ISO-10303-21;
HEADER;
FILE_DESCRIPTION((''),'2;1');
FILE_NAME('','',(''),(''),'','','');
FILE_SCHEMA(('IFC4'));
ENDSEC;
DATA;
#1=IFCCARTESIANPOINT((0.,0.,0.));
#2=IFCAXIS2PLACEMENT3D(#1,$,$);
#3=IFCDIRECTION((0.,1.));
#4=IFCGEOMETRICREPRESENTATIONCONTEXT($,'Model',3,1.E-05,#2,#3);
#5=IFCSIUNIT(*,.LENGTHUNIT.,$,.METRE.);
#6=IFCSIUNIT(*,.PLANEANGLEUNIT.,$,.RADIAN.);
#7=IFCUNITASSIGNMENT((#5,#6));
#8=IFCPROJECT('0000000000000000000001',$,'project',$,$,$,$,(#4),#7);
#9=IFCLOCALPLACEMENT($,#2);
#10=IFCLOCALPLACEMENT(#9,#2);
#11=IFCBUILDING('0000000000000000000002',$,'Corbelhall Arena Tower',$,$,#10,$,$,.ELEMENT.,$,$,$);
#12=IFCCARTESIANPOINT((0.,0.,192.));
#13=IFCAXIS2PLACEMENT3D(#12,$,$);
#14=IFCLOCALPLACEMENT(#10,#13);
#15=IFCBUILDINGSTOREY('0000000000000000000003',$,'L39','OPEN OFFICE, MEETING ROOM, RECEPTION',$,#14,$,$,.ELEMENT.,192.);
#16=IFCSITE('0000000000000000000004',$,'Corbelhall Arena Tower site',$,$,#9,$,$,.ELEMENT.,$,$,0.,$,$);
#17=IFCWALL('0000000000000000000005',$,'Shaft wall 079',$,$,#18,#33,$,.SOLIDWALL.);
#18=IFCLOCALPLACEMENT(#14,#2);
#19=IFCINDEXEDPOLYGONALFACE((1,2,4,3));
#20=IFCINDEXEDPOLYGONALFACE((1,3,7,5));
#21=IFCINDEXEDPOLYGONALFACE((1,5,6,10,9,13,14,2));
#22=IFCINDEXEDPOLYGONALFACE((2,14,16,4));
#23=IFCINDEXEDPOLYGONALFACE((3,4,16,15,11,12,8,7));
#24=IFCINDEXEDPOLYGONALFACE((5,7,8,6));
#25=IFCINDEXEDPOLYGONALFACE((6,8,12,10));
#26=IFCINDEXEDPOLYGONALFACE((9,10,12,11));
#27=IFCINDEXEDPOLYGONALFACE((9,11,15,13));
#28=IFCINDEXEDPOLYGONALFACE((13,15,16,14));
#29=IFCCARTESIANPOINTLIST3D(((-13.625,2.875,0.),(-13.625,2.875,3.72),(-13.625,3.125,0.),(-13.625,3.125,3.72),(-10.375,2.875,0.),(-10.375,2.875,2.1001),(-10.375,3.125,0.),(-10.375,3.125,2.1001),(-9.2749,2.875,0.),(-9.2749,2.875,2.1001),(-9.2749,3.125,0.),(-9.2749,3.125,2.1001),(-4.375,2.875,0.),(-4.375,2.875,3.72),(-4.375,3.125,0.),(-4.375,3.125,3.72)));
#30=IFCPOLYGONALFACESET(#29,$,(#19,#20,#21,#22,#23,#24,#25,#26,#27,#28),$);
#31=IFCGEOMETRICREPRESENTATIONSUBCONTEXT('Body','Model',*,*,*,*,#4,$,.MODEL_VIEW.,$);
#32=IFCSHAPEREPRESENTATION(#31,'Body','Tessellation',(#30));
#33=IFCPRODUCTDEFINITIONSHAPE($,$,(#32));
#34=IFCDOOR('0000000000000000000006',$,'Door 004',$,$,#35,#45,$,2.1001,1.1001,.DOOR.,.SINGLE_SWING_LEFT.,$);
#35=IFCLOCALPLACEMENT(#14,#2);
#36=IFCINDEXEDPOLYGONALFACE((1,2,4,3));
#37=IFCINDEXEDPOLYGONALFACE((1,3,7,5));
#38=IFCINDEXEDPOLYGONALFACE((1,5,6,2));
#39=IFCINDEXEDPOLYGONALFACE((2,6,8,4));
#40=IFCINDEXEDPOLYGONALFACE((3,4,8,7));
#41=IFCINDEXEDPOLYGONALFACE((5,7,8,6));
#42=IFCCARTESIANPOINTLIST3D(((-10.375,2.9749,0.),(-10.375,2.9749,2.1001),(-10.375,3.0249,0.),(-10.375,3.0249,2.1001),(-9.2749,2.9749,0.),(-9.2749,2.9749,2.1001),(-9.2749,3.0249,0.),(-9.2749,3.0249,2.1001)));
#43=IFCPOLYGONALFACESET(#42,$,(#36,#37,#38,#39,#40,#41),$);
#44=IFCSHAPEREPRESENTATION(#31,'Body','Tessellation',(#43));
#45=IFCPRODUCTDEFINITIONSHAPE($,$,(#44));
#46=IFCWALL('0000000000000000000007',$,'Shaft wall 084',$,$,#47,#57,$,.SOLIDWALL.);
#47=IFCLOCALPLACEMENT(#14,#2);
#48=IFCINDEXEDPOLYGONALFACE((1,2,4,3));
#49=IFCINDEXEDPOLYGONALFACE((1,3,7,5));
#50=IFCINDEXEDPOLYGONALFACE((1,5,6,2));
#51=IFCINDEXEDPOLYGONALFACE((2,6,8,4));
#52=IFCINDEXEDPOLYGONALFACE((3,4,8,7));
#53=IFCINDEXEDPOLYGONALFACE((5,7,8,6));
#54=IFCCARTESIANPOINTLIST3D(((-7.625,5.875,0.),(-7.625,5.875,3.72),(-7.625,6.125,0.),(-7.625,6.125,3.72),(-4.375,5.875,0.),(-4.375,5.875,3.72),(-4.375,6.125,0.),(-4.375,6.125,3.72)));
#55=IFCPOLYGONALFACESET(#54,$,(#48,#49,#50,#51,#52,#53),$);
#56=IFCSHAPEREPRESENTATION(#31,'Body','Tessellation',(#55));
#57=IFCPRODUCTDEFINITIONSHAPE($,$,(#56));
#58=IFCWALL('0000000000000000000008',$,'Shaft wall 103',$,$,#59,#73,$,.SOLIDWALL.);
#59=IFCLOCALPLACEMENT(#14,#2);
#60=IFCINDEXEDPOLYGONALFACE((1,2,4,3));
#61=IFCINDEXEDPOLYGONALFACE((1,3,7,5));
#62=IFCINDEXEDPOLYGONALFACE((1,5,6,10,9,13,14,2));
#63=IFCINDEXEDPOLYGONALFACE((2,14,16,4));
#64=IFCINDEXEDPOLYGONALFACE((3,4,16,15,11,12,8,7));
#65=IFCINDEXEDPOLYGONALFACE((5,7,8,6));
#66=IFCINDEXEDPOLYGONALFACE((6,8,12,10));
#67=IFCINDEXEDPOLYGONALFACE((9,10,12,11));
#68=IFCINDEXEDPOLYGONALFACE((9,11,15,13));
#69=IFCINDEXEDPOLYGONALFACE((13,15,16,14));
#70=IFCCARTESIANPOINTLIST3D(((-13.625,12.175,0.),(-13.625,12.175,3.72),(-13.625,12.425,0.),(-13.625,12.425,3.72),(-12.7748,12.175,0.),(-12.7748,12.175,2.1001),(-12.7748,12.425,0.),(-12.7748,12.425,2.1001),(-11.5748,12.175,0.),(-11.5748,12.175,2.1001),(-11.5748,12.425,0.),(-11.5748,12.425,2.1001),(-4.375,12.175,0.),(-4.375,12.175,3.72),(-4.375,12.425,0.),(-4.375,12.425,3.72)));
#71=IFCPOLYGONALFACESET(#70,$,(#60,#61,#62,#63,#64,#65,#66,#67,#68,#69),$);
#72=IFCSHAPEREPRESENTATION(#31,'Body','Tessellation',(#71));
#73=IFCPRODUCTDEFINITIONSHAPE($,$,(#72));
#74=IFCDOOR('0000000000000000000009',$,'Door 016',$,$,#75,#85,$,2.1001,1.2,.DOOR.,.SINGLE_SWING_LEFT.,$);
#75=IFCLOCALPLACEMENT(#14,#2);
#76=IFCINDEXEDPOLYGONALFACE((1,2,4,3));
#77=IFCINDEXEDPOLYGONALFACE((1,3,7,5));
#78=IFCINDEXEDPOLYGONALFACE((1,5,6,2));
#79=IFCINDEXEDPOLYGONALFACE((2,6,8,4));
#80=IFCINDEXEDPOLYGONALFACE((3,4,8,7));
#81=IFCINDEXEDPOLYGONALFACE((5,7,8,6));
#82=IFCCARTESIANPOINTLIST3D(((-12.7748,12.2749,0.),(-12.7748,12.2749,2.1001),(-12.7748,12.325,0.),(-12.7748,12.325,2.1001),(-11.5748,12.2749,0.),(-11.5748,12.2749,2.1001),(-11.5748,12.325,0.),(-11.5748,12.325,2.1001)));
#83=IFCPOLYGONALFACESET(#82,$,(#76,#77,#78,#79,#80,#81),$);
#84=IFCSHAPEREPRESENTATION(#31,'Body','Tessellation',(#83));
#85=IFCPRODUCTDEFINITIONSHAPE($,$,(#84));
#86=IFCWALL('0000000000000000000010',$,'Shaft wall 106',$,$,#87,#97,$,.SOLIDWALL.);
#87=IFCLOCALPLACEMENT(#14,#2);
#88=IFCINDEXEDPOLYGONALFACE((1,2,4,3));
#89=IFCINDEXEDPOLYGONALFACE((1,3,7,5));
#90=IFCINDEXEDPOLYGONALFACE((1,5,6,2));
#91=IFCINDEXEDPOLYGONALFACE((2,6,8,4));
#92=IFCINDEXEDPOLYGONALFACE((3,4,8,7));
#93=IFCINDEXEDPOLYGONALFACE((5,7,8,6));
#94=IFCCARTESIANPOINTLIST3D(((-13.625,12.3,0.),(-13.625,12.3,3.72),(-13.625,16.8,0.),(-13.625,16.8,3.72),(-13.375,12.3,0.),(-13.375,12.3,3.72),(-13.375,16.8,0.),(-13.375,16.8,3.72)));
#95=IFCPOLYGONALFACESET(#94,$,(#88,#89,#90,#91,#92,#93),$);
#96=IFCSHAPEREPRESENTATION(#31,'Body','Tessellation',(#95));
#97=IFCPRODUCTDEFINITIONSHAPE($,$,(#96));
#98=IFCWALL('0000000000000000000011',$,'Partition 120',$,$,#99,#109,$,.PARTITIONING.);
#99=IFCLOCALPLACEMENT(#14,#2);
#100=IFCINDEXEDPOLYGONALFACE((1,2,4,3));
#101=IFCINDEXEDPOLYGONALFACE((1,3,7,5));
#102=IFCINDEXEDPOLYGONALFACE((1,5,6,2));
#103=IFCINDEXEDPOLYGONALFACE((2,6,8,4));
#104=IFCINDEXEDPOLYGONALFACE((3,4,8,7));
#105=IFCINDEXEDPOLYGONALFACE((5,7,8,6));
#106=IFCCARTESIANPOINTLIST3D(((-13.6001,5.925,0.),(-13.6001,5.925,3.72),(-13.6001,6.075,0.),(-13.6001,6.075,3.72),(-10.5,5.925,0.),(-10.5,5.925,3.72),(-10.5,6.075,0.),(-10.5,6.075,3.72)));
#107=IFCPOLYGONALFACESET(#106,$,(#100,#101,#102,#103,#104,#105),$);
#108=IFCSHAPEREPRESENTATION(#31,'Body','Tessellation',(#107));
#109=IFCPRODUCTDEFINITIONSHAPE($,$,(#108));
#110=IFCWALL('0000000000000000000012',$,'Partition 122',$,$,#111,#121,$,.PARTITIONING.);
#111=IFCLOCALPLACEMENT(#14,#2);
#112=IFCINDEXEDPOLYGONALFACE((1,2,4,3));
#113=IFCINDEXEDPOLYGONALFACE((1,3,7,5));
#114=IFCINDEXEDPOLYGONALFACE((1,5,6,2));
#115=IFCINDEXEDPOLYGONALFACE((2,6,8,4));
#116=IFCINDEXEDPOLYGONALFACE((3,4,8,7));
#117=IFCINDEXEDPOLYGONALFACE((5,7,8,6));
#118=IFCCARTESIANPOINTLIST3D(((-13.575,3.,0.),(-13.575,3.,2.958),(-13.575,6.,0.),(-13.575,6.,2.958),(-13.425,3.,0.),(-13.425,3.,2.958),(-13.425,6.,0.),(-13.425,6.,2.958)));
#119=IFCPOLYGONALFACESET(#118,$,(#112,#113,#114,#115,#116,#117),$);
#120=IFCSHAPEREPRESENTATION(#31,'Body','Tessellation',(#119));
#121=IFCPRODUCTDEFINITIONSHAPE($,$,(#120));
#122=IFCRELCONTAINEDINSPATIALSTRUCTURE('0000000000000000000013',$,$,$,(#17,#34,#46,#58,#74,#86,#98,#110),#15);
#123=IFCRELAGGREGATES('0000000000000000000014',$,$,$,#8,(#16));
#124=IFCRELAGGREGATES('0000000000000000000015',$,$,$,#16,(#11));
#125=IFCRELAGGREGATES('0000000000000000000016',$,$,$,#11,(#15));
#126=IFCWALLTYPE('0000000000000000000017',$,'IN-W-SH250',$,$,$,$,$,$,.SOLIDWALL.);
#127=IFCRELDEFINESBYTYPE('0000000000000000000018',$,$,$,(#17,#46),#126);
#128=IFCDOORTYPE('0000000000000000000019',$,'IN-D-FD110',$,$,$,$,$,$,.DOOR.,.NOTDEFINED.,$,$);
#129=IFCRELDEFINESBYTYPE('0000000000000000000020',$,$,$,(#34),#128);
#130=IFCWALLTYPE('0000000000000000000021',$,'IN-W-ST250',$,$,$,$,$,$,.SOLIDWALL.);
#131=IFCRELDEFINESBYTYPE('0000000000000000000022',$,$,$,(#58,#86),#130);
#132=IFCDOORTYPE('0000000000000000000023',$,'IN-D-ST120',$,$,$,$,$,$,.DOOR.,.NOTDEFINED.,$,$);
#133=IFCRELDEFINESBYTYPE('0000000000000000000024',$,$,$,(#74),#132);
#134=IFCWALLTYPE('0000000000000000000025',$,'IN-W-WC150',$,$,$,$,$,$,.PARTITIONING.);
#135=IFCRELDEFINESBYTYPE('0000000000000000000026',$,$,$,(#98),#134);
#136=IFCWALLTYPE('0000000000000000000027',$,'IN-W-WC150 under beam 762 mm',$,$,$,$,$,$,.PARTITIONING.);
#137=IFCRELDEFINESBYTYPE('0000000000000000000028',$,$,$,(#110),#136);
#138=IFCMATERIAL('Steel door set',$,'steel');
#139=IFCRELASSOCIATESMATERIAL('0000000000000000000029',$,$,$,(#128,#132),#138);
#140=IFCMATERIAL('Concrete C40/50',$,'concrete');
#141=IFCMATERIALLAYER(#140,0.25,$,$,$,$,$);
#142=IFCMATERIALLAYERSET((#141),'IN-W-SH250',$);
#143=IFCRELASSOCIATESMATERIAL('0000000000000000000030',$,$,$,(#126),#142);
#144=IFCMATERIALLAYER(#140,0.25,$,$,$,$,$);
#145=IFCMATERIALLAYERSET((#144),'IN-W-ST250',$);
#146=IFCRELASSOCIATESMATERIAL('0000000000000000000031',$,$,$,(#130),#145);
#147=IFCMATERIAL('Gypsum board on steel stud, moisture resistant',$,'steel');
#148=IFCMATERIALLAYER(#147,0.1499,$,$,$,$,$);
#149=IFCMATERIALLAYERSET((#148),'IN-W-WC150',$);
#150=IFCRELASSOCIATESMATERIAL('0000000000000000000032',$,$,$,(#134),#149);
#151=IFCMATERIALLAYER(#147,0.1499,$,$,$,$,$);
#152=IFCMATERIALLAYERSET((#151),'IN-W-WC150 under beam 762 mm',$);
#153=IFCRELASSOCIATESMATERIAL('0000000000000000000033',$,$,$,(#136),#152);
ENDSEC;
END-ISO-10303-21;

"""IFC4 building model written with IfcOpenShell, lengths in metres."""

from ifc_helpers import new_model, si_unit, direction, frame, frame_2d, origin, place, context, subcontext, project, spatial, rectangle, extrude, material, layer, layer_set, type_object, element, fill, save


model = new_model("IFC4")

# Units and contexts
model_context = context("Model", 3, precision=1e-05, world=origin(), true_north=direction((0.0, 1.0)))
body_context = subcontext(model_context, "Body", "Model", "MODEL_VIEW")
ifc_project = project(units=[si_unit("LENGTHUNIT", "METRE"), si_unit("PLANEANGLEUNIT", "RADIAN")], contexts=[model_context])

# Site, building, storey
site_placement = place(None, origin())
site = spatial("IfcSite", under=ifc_project, at=site_placement, Name="Corbelhall Arena Tower site", CompositionType="ELEMENT", RefElevation=0.0)
building_placement = place(site_placement, origin())
building = spatial("IfcBuilding", under=site, at=building_placement, Name="Corbelhall Arena Tower", CompositionType="ELEMENT")
storey_placement = place(building_placement, frame((0.0, 0.0, 192.0)))
storey = spatial("IfcBuildingStorey", under=building, at=storey_placement, Name="L39", Description="OPEN OFFICE, MEETING ROOM, RECEPTION", CompositionType="ELEMENT", Elevation=192.0)

# Shared definitions
ifc_material_1 = material(Name="Steel door set", Category="steel")

# Shared definitions
door_type_1 = type_object("IfcDoorType", Name="IN-D-FD110", OperationType="NOTDEFINED", PredefinedType="DOOR", material=ifc_material_1)

# Wall, opening, door
ifc_material_2 = material(Name="Concrete C40/50", Category="concrete")
ifc_layer_1 = layer(ifc_material_2, 0.25)
ifc_layer_set_1 = layer_set([ifc_layer_1], Name="IN-W-SH250")
wall_type_1 = type_object("IfcWallType", Name="IN-W-SH250", PredefinedType="SOLIDWALL", material=ifc_layer_set_1)
wall_1_placement = place(storey_placement, frame((-13.625, 3.0, 0.0), z_axis=(0.0, 0.0, 1.0), x_axis=(1.0, 0.0, 0.0)))
wall_1 = element("IfcWall", 1, at=wall_1_placement, inside=storey, type_object=wall_type_1, Name="Shaft wall 079", PredefinedType="SOLIDWALL", context=body_context, shape_type="SweptSolid", body=[
    extrude(rectangle(XDim=9.25, YDim=0.25, at=frame_2d((4.625, 0.0))), origin(), (0.0, 0.0, 1.0), 3.72),
])
opening_1_placement = place(wall_1_placement, frame((3.25, 0.0, 0.0)))
opening_1 = element("IfcOpeningElement", 2, at=opening_1_placement, cuts=wall_1, PredefinedType="OPENING", context=body_context, shape_type="SweptSolid", body=[
    extrude(rectangle(XDim=1.1001, YDim=2.1001, at=frame_2d((0.55, 1.05))), frame((0.0, 0.125, 0.0), z_axis=(0.0, -1.0, 0.0), x_axis=(1.0, 0.0, 0.0)), (0.0, 0.0, 1.0), 0.25),
])
door_1_placement = place(opening_1_placement, origin())
door_1 = element("IfcDoor", 3, at=door_1_placement, inside=storey, type_object=door_type_1, Name="Door 004", OperationType="SINGLE_SWING_LEFT", OverallHeight=2.1001, OverallWidth=1.1001, PredefinedType="DOOR", context=body_context, shape_type="SweptSolid", body=[
    extrude(rectangle(XDim=1.1001, YDim=2.1001, at=frame_2d((0.55, 1.05))), frame((0.0, 0.0249, 0.0), z_axis=(0.0, -1.0, 0.0), x_axis=(1.0, 0.0, 0.0)), (0.0, 0.0, 1.0), 0.05),
])
fill(opening_1, door_1)

# Wall
wall_2_placement = place(storey_placement, frame((-7.625, 6.0, 0.0), z_axis=(0.0, 0.0, 1.0), x_axis=(1.0, 0.0, 0.0)))
element("IfcWall", 4, at=wall_2_placement, inside=storey, type_object=wall_type_1, Name="Shaft wall 084", PredefinedType="SOLIDWALL", context=body_context, shape_type="SweptSolid", body=[
    extrude(rectangle(XDim=3.25, YDim=0.25, at=frame_2d((1.625, 0.0))), origin(), (0.0, 0.0, 1.0), 3.72),
])

# Wall, opening, door
ifc_layer_2 = layer(ifc_material_2, 0.25)
ifc_layer_set_2 = layer_set([ifc_layer_2], Name="IN-W-ST250")
wall_type_2 = type_object("IfcWallType", Name="IN-W-ST250", PredefinedType="SOLIDWALL", material=ifc_layer_set_2)
wall_3_placement = place(storey_placement, frame((-13.625, 12.3, 0.0), z_axis=(0.0, 0.0, 1.0), x_axis=(1.0, 0.0, 0.0)))
wall_3 = element("IfcWall", 5, at=wall_3_placement, inside=storey, type_object=wall_type_2, Name="Shaft wall 103", PredefinedType="SOLIDWALL", context=body_context, shape_type="SweptSolid", body=[
    extrude(rectangle(XDim=9.25, YDim=0.25, at=frame_2d((4.625, 0.0))), origin(), (0.0, 0.0, 1.0), 3.72),
])
opening_2_placement = place(wall_3_placement, frame((0.8501, 0.0, 0.0)))
opening_2 = element("IfcOpeningElement", 6, at=opening_2_placement, cuts=wall_3, PredefinedType="OPENING", context=body_context, shape_type="SweptSolid", body=[
    extrude(rectangle(XDim=1.2, YDim=2.1001, at=frame_2d((0.6001, 1.05))), frame((0.0, 0.125, 0.0), z_axis=(0.0, -1.0, 0.0), x_axis=(1.0, 0.0, 0.0)), (0.0, 0.0, 1.0), 0.25),
])
door_type_2 = type_object("IfcDoorType", Name="IN-D-ST120", OperationType="NOTDEFINED", PredefinedType="DOOR", material=ifc_material_1)
door_2_placement = place(opening_2_placement, origin())
door_2 = element("IfcDoor", 7, at=door_2_placement, inside=storey, type_object=door_type_2, Name="Door 016", OperationType="SINGLE_SWING_LEFT", OverallHeight=2.1001, OverallWidth=1.2, PredefinedType="DOOR", context=body_context, shape_type="SweptSolid", body=[
    extrude(rectangle(XDim=1.2, YDim=2.1001, at=frame_2d((0.6001, 1.05))), frame((0.0, 0.0249, 0.0), z_axis=(0.0, -1.0, 0.0), x_axis=(1.0, 0.0, 0.0)), (0.0, 0.0, 1.0), 0.05),
])
fill(opening_2, door_2)

# Walls
wall_4_placement = place(storey_placement, frame((-13.5, 12.3, 0.0), z_axis=(0.0, 0.0, 1.0), x_axis=(0.0, 1.0, 0.0)))
element("IfcWall", 8, at=wall_4_placement, inside=storey, type_object=wall_type_2, Name="Shaft wall 106", PredefinedType="SOLIDWALL", context=body_context, shape_type="SweptSolid", body=[
    extrude(rectangle(XDim=4.5, YDim=0.25, at=frame_2d((2.25, 0.0))), origin(), (0.0, 0.0, 1.0), 3.72),
])
ifc_material_3 = material(Name="Gypsum board on steel stud, moisture resistant", Category="steel")
ifc_layer_3 = layer(ifc_material_3, 0.1499)
ifc_layer_set_3 = layer_set([ifc_layer_3], Name="IN-W-WC150")
wall_type_3 = type_object("IfcWallType", Name="IN-W-WC150", PredefinedType="PARTITIONING", material=ifc_layer_set_3)
wall_5_placement = place(storey_placement, frame((-13.6001, 6.0, 0.0), z_axis=(0.0, 0.0, 1.0), x_axis=(1.0, 0.0, 0.0)))
element("IfcWall", 9, at=wall_5_placement, inside=storey, type_object=wall_type_3, Name="Partition 120", PredefinedType="PARTITIONING", context=body_context, shape_type="SweptSolid", body=[
    extrude(rectangle(XDim=3.1001, YDim=0.1499, at=frame_2d((1.55, 0.0))), origin(), (0.0, 0.0, 1.0), 3.72),
])
ifc_layer_4 = layer(ifc_material_3, 0.1499)
ifc_layer_set_4 = layer_set([ifc_layer_4], Name="IN-W-WC150 under beam 762 mm")
wall_type_4 = type_object("IfcWallType", Name="IN-W-WC150 under beam 762 mm", PredefinedType="PARTITIONING", material=ifc_layer_set_4)
wall_6_placement = place(storey_placement, frame((-13.5, 3.0, 0.0), z_axis=(0.0, 0.0, 1.0), x_axis=(0.0, 1.0, 0.0)))
element("IfcWall", 10, at=wall_6_placement, inside=storey, type_object=wall_type_4, Name="Partition 122", PredefinedType="PARTITIONING", context=body_context, shape_type="SweptSolid", body=[
    extrude(rectangle(XDim=3.0, YDim=0.1499, at=frame_2d((1.5, 0.0))), origin(), (0.0, 0.0, 1.0), 2.958),
])

save(model, "model.ifc")
